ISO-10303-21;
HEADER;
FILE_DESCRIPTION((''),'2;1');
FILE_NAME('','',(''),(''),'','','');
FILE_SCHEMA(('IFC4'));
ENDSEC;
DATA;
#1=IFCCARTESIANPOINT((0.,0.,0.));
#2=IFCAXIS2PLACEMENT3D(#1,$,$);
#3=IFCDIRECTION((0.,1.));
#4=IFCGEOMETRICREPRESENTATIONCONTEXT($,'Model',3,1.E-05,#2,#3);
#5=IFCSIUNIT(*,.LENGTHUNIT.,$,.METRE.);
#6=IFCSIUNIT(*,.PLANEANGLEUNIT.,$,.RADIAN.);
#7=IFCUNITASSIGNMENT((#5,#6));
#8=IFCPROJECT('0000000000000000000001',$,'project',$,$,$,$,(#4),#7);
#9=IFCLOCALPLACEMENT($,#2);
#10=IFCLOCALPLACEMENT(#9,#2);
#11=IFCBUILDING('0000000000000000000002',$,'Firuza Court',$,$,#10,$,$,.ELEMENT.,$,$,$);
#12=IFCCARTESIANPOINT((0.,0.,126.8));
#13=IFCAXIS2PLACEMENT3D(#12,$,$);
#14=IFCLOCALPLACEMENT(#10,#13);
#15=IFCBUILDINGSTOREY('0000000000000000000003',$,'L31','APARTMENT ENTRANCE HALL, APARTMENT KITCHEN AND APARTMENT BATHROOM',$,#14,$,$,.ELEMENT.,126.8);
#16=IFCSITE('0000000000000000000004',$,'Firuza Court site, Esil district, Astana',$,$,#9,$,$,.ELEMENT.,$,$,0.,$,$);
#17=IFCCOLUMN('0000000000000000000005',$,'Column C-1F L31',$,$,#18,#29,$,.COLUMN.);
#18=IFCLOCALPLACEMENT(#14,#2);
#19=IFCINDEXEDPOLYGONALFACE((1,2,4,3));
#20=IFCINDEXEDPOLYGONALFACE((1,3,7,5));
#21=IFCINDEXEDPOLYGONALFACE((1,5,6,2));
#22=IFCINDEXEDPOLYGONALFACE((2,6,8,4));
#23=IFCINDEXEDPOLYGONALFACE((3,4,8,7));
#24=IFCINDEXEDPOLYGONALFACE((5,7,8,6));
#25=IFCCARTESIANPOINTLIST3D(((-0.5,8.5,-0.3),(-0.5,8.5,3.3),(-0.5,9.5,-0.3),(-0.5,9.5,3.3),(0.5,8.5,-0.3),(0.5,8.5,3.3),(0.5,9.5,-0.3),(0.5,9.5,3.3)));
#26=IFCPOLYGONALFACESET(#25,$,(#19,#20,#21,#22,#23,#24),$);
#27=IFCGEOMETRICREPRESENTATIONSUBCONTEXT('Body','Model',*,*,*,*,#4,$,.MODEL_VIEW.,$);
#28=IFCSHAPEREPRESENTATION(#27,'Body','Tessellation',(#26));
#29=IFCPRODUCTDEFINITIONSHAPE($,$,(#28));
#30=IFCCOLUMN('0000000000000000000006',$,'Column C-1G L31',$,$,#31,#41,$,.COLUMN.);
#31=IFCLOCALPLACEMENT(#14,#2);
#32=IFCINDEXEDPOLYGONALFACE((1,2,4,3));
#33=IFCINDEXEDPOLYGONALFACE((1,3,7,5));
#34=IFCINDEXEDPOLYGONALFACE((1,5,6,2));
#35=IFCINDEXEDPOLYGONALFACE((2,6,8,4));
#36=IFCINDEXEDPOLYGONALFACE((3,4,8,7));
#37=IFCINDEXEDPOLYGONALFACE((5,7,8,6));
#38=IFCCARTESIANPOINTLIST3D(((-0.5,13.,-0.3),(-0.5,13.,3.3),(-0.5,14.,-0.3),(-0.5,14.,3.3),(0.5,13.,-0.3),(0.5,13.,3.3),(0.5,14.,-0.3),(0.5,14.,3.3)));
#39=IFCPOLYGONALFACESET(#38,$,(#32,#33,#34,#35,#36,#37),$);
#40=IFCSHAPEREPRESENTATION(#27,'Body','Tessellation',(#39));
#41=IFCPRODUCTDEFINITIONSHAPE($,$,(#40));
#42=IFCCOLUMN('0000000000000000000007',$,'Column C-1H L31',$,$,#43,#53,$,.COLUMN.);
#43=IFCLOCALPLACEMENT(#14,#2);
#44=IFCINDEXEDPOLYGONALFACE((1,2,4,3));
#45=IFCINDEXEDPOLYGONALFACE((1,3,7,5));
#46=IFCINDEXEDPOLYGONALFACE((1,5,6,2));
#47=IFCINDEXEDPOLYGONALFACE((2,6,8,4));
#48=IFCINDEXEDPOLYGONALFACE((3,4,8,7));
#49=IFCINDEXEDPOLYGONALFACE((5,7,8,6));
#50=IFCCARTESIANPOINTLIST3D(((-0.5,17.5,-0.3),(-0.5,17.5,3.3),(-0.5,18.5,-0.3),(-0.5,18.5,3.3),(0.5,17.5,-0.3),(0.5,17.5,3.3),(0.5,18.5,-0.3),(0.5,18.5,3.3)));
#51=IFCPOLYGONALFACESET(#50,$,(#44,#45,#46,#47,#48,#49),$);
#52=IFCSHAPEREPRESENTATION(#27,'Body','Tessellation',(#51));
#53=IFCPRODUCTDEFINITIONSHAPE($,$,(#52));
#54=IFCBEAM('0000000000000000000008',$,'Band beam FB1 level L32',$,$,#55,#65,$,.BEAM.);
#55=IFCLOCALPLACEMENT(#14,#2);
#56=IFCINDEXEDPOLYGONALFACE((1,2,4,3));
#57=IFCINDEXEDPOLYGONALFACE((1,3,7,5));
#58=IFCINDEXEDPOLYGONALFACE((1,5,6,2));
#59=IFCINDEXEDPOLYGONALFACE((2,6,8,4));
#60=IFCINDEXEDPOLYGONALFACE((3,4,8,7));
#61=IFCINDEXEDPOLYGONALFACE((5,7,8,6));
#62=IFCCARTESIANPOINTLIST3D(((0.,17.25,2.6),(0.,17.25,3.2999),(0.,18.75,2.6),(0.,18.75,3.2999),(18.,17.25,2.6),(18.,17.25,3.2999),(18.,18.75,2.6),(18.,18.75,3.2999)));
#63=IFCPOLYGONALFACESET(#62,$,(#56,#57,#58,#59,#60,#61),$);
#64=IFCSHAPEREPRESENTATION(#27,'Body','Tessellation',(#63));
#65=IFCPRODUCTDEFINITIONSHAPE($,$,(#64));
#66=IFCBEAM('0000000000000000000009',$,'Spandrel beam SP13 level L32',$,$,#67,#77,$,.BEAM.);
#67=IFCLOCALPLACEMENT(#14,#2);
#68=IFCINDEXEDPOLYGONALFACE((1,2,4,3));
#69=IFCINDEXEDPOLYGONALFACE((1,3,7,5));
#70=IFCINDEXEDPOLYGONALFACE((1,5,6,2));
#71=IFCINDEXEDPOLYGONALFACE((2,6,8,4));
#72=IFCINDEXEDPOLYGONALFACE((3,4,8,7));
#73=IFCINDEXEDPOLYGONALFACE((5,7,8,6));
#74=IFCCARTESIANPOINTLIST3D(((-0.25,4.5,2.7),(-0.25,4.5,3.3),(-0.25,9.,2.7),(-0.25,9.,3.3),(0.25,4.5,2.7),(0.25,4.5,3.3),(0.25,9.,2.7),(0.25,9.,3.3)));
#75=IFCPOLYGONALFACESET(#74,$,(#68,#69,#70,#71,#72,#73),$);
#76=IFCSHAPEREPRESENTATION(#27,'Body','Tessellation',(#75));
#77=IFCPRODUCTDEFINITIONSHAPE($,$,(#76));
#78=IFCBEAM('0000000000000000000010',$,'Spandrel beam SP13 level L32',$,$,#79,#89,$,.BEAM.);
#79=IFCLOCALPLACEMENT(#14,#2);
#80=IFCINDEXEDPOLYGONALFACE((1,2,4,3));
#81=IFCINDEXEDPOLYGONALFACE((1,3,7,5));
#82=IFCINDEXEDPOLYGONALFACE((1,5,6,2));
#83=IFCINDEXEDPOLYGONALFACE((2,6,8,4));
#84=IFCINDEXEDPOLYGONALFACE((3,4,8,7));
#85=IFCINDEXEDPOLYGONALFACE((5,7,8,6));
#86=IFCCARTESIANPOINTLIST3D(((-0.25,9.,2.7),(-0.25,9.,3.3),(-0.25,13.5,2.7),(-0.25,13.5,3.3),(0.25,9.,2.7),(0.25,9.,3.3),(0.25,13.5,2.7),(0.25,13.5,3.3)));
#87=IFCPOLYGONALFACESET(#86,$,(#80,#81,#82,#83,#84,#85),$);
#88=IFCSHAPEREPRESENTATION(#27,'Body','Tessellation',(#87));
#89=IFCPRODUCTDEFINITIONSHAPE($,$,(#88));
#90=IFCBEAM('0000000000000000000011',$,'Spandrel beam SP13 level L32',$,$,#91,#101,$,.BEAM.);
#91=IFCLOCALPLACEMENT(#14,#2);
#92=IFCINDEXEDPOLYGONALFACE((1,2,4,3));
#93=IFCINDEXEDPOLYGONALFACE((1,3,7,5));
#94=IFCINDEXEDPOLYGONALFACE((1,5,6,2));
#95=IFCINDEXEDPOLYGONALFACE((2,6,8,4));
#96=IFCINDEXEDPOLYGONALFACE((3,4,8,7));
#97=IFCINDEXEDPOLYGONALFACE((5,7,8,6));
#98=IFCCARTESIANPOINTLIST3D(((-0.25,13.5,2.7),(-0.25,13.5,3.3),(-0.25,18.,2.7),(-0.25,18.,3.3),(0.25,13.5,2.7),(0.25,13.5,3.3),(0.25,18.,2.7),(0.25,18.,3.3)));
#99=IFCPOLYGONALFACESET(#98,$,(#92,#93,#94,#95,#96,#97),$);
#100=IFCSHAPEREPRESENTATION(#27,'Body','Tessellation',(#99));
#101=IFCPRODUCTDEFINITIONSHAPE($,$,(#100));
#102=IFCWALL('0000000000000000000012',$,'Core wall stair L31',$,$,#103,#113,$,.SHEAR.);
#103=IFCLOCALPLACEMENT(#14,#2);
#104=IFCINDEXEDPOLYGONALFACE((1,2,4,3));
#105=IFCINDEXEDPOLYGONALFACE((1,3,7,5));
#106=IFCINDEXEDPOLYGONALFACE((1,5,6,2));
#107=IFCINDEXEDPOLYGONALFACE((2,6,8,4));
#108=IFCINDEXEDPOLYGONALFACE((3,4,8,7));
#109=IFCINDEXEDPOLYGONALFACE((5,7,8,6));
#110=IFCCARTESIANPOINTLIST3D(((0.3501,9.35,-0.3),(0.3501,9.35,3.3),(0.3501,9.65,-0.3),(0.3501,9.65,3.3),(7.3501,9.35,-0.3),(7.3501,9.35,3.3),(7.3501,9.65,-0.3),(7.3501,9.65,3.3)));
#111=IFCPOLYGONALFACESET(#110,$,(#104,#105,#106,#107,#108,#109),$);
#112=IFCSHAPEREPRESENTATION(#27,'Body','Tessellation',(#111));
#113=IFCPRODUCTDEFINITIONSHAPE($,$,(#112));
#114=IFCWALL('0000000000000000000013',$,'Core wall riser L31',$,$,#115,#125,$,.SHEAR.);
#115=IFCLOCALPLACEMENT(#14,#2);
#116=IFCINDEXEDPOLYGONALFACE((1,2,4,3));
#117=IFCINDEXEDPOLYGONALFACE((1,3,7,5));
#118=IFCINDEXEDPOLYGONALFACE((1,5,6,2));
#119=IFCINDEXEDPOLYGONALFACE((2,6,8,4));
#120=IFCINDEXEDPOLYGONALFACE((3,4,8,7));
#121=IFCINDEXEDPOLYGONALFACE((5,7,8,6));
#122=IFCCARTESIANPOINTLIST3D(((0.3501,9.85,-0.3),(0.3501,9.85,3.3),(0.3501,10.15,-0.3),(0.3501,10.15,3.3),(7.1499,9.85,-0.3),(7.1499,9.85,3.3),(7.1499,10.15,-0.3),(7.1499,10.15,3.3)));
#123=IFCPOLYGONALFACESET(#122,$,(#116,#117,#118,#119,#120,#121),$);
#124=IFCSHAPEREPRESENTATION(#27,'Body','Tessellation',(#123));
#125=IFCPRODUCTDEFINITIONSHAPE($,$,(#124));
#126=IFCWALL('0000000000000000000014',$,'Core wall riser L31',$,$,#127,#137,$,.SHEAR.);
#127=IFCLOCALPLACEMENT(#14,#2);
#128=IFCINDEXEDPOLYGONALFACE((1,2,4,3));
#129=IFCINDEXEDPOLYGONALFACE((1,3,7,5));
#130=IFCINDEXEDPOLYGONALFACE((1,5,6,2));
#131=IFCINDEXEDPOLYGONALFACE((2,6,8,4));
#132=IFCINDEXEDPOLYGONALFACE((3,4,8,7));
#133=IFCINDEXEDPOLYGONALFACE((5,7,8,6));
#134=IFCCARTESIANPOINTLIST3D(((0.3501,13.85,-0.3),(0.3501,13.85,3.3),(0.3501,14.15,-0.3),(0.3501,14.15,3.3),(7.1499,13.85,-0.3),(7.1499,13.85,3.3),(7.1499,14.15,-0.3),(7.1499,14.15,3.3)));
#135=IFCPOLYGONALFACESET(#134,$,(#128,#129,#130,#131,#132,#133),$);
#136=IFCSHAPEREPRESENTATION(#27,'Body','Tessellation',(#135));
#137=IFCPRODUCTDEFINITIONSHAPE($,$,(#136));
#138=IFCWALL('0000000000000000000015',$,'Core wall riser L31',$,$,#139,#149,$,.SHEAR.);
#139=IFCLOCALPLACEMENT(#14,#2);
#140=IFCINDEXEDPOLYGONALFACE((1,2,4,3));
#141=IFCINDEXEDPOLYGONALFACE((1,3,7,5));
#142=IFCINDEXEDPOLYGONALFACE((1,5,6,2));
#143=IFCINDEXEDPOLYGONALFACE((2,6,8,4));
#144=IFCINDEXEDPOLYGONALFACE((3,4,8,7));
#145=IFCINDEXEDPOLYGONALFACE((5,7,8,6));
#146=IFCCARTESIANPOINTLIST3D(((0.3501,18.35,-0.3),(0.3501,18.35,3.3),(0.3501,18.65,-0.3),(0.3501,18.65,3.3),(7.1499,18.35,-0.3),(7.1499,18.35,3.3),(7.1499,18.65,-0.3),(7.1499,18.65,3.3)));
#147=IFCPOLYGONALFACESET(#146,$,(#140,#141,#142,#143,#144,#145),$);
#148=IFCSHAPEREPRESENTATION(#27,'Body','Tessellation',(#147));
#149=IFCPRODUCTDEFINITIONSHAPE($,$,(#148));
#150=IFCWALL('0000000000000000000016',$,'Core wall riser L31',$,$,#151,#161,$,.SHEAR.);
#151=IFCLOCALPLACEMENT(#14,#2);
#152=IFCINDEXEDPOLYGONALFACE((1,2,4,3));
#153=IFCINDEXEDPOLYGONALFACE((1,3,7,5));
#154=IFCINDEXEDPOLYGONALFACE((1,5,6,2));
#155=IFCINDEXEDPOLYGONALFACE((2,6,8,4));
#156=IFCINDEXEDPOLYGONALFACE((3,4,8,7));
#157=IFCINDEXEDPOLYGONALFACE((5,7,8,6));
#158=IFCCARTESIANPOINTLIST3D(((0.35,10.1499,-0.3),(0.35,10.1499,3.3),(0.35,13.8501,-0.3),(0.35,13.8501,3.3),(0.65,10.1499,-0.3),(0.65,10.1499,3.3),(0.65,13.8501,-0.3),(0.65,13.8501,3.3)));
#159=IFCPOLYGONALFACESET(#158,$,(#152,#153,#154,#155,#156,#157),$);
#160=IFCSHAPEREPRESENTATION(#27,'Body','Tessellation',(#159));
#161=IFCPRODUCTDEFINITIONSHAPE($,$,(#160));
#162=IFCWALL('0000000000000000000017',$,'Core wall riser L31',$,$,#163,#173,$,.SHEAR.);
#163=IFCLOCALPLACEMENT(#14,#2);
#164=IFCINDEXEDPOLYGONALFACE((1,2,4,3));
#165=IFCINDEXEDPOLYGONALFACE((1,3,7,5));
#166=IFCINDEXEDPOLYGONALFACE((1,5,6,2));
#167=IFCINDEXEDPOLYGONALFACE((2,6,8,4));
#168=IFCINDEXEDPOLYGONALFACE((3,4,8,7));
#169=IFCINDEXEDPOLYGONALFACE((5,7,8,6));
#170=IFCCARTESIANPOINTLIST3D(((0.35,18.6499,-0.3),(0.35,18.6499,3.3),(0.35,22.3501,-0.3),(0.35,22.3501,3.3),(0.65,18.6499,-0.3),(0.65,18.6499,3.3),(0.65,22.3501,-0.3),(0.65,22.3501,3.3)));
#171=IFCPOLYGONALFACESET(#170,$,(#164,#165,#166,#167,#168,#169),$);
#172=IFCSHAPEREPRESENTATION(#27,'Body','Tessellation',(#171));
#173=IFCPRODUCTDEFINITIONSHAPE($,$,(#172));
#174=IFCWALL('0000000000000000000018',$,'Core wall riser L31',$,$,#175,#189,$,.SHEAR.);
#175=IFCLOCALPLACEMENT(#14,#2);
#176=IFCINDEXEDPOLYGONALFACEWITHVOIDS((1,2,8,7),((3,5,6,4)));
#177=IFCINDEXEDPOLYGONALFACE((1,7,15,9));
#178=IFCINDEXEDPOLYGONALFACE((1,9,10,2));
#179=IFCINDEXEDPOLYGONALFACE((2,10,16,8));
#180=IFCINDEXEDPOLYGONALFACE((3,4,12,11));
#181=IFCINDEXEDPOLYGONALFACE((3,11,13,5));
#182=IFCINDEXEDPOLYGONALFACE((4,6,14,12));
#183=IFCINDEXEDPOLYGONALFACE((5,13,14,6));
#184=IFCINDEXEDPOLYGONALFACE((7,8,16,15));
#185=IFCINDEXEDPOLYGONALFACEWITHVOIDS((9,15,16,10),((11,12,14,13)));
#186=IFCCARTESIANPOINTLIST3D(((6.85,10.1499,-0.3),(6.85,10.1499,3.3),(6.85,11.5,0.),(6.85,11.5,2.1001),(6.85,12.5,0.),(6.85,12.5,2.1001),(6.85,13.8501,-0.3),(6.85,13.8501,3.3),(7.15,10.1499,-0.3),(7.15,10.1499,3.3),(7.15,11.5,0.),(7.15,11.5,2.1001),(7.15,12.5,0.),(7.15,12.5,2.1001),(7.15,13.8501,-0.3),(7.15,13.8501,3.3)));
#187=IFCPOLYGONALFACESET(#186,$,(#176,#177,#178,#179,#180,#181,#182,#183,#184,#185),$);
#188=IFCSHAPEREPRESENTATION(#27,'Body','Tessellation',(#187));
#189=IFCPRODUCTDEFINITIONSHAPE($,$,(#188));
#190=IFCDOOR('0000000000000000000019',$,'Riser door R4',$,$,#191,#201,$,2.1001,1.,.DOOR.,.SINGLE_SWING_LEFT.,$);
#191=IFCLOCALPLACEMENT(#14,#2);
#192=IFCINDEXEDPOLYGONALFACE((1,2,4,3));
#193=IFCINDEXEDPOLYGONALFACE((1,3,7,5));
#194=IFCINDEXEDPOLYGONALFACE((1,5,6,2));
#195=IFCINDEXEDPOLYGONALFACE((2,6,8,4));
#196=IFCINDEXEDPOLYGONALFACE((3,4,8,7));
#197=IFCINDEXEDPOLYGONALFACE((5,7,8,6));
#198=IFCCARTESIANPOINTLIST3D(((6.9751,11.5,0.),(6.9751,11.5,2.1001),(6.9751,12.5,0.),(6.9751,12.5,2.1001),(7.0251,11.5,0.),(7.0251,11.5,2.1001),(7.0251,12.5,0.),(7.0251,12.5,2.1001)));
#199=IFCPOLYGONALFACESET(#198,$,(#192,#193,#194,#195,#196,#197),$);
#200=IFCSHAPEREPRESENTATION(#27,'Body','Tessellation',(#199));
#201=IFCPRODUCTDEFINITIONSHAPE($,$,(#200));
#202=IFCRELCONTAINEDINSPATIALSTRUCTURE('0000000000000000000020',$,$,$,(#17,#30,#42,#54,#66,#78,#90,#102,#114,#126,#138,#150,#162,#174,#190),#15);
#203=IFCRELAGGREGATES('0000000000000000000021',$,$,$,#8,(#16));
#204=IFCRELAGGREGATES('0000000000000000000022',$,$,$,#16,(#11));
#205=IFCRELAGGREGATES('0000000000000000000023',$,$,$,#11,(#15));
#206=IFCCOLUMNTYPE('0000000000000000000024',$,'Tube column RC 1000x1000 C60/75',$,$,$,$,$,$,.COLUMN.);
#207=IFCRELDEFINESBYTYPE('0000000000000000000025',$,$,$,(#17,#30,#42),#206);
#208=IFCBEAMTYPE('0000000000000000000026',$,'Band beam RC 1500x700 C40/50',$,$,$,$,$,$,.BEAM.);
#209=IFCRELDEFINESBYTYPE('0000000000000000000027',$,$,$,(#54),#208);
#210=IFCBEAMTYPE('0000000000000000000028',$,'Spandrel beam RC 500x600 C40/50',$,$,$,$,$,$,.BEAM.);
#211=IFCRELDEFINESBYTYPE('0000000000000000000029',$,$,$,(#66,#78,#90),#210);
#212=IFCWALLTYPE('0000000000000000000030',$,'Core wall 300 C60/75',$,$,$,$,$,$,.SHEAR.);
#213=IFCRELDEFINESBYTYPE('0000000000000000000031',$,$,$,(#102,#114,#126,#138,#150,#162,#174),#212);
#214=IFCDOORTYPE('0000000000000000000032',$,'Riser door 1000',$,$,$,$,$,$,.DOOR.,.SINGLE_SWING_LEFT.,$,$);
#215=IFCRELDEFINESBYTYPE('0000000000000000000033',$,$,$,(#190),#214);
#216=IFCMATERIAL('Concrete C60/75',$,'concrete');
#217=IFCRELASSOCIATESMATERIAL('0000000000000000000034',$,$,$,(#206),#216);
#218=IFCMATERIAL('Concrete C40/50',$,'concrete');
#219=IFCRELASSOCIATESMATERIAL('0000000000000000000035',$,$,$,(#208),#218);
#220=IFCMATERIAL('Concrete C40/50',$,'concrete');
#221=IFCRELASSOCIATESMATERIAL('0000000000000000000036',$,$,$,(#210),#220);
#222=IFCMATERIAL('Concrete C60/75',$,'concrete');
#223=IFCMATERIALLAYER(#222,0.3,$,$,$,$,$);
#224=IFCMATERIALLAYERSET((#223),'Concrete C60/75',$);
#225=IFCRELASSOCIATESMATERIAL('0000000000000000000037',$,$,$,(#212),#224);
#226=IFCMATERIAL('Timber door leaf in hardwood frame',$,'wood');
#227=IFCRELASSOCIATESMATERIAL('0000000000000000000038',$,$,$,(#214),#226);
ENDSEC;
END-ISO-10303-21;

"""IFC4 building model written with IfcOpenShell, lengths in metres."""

from ifc_helpers import new_model, si_unit, direction, frame, frame_2d, origin, origin_2d, place, context, subcontext, project, spatial, rectangle, extrude, material, layer, layer_set, material_profile, profile_set, type_object, element, fill, save


model = new_model("IFC4")

# Units and contexts
model_context = context("Model", 3, precision=1e-05, world=origin(), true_north=direction((0.0, 1.0)))
body_context = subcontext(model_context, "Body", "Model", "MODEL_VIEW")
ifc_project = project(units=[si_unit("LENGTHUNIT", "METRE"), si_unit("PLANEANGLEUNIT", "RADIAN")], contexts=[model_context])

# Site, building, storey
site_placement = place(None, origin())
site = spatial("IfcSite", under=ifc_project, at=site_placement, Name="Firuza Court site, Esil district, Astana", CompositionType="ELEMENT", RefElevation=0.0)
building_placement = place(site_placement, origin())
building = spatial("IfcBuilding", under=site, at=building_placement, Name="Firuza Court", CompositionType="ELEMENT")
storey_placement = place(building_placement, frame((0.0, 0.0, 126.8)))
storey = spatial("IfcBuildingStorey", under=building, at=storey_placement, Name="L31", Description="APARTMENT ENTRANCE HALL, APARTMENT KITCHEN AND APARTMENT BATHROOM", CompositionType="ELEMENT", Elevation=126.8)

# Columns
ifc_material_1 = material(Name="Concrete C60/75", Category="concrete")
ifc_material_profile_1 = material_profile(ifc_material_1, rectangle(XDim=1.0, YDim=1.0, at=origin_2d()), Name="RC 1000x1000")
ifc_profile_set_1 = profile_set([ifc_material_profile_1], Name="Concrete C60/75")
column_type = type_object("IfcColumnType", Name="Tube column RC 1000x1000 C60/75", PredefinedType="COLUMN", material=ifc_profile_set_1)
for number, where, z_axis, x_axis, name in (
    (1, (0.0, 9.0, -0.3), (0.0, 0.0, 1.0), (1.0, 0.0, 0.0), "Column C-1F L31"),
    (2, (0.0, 13.5, -0.3), (0.0, 0.0, 1.0), (1.0, 0.0, 0.0), "Column C-1G L31"),
    (3, (0.0, 18.0, -0.3), (0.0, 0.0, 1.0), (1.0, 0.0, 0.0), "Column C-1H L31"),
):
    element("IfcColumn", number, at=place(storey_placement, frame(where, z_axis=z_axis, x_axis=x_axis)), inside=storey, type_object=column_type, Name=name, PredefinedType="COLUMN", context=body_context, shape_type="SweptSolid", body=[
        extrude(rectangle(XDim=1.0, YDim=1.0, at=origin_2d()), origin(), (0.0, 0.0, 1.0), 3.6001),
    ])

# Beams
ifc_material_2 = material(Name="Concrete C40/50", Category="concrete")
ifc_material_profile_2 = material_profile(ifc_material_2, rectangle(XDim=1.5, YDim=0.7, at=origin_2d()), Name="RC 1500x700")
ifc_profile_set_2 = profile_set([ifc_material_profile_2], Name="Concrete C40/50")
beam_type_1 = type_object("IfcBeamType", Name="Band beam RC 1500x700 C40/50", PredefinedType="BEAM", material=ifc_profile_set_2)
beam_placement = place(storey_placement, frame((0.0, 18.0, 2.95), z_axis=(1.0, 0.0, 0.0), x_axis=(0.0, 1.0, 0.0)))
element("IfcBeam", 4, at=beam_placement, inside=storey, type_object=beam_type_1, Name="Band beam FB1 level L32", PredefinedType="BEAM", context=body_context, shape_type="SweptSolid", body=[
    extrude(rectangle(XDim=1.5, YDim=0.7, at=origin_2d()), origin(), (0.0, 0.0, 1.0), 18.0),
])
ifc_material_3 = material(Name="Concrete C40/50", Category="concrete")
ifc_material_profile_3 = material_profile(ifc_material_3, rectangle(XDim=0.5, YDim=0.6001, at=origin_2d()), Name="RC 500x600")
ifc_profile_set_3 = profile_set([ifc_material_profile_3], Name="Concrete C40/50")
beam_type_2 = type_object("IfcBeamType", Name="Spandrel beam RC 500x600 C40/50", PredefinedType="BEAM", material=ifc_profile_set_3)
for number, where, z_axis, x_axis, name in (
    (5, (0.0, 9.0, 3.0), (0.0, -1.0, 0.0), (1.0, 0.0, 0.0), "Spandrel beam SP13 level L32"),
    (6, (0.0, 13.5, 3.0), (0.0, -1.0, 0.0), (1.0, 0.0, 0.0), "Spandrel beam SP13 level L32"),
    (7, (0.0, 18.0, 3.0), (0.0, -1.0, 0.0), (1.0, 0.0, 0.0), "Spandrel beam SP13 level L32"),
):
    element("IfcBeam", number, at=place(storey_placement, frame(where, z_axis=z_axis, x_axis=x_axis)), inside=storey, type_object=beam_type_2, Name=name, PredefinedType="BEAM", context=body_context, shape_type="SweptSolid", body=[
        extrude(rectangle(XDim=0.5, YDim=0.6001, at=origin_2d()), origin(), (0.0, 0.0, 1.0), 4.5),
    ])

# Walls
ifc_material_4 = material(Name="Concrete C60/75", Category="concrete")
ifc_layer_1 = layer(ifc_material_4, 0.3)
ifc_layer_set_1 = layer_set([ifc_layer_1], Name="Concrete C60/75")
wall_type_1 = type_object("IfcWallType", Name="Core wall 300 C60/75", PredefinedType="SHEAR", material=ifc_layer_set_1)
wall_1_placement = place(storey_placement, frame((0.3501, 9.5, -0.3), z_axis=(0.0, 0.0, 1.0), x_axis=(1.0, 0.0, 0.0)))
element("IfcWall", 8, at=wall_1_placement, inside=storey, type_object=wall_type_1, Name="Core wall stair L31", PredefinedType="SHEAR", context=body_context, shape_type="SweptSolid", body=[
    extrude(rectangle(XDim=7.0, YDim=0.3, at=frame_2d((3.5, 0.0))), origin(), (0.0, 0.0, 1.0), 3.6001),
])
for number, where, z_axis, x_axis, name in (
    (9, (0.3501, 10.0, -0.3), (0.0, 0.0, 1.0), (1.0, 0.0, 0.0), "Core wall riser L31"),
    (10, (0.3501, 14.0, -0.3), (0.0, 0.0, 1.0), (1.0, 0.0, 0.0), "Core wall riser L31"),
    (11, (0.3501, 18.5, -0.3), (0.0, 0.0, 1.0), (1.0, 0.0, 0.0), "Core wall riser L31"),
):
    element("IfcWall", number, at=place(storey_placement, frame(where, z_axis=z_axis, x_axis=x_axis)), inside=storey, type_object=wall_type_1, Name=name, PredefinedType="SHEAR", context=body_context, shape_type="SweptSolid", body=[
        extrude(rectangle(XDim=6.7998, YDim=0.3, at=frame_2d((3.3999, 0.0))), origin(), (0.0, 0.0, 1.0), 3.6001),
    ])
for number, where, z_axis, x_axis, name in (
    (12, (0.5, 10.1499, -0.3), (0.0, 0.0, 1.0), (0.0, 1.0, 0.0), "Core wall riser L31"),
    (13, (0.5, 18.6499, -0.3), (0.0, 0.0, 1.0), (0.0, 1.0, 0.0), "Core wall riser L31"),
):
    element("IfcWall", number, at=place(storey_placement, frame(where, z_axis=z_axis, x_axis=x_axis)), inside=storey, type_object=wall_type_1, Name=name, PredefinedType="SHEAR", context=body_context, shape_type="SweptSolid", body=[
        extrude(rectangle(XDim=3.7002, YDim=0.3, at=frame_2d((1.8501, 0.0))), origin(), (0.0, 0.0, 1.0), 3.6001),
    ])

# Wall, opening, door
wall_2_placement = place(storey_placement, frame((7.0, 10.1499, -0.3), z_axis=(0.0, 0.0, 1.0), x_axis=(0.0, 1.0, 0.0)))
wall_2 = element("IfcWall", 14, at=wall_2_placement, inside=storey, type_object=wall_type_1, Name="Core wall riser L31", PredefinedType="SHEAR", context=body_context, shape_type="SweptSolid", body=[
    extrude(rectangle(XDim=3.7002, YDim=0.3, at=frame_2d((1.8501, 0.0))), origin(), (0.0, 0.0, 1.0), 3.6001),
])
opening_1_placement = place(wall_2_placement, frame((1.3501, 0.0, 0.3)))
opening_1 = element("IfcOpeningElement", 15, at=opening_1_placement, cuts=wall_2, PredefinedType="OPENING", context=body_context, shape_type="SweptSolid", body=[
    extrude(rectangle(XDim=1.0, YDim=2.1001, at=frame_2d((0.5, 1.05))), frame((0.0, 0.1621, 0.0), z_axis=(0.0, -1.0, 0.0), x_axis=(1.0, 0.0, 0.0)), (0.0, 0.0, 1.0), 0.324),
])
ifc_material_5 = material(Name="Timber door leaf in hardwood frame", Category="wood")
door_type_1 = type_object("IfcDoorType", Name="Riser door 1000", OperationType="SINGLE_SWING_LEFT", PredefinedType="DOOR", material=ifc_material_5)
door_1_placement = place(opening_1_placement, origin())
door_1 = element("IfcDoor", 16, at=door_1_placement, inside=storey, type_object=door_type_1, Name="Riser door R4", OperationType="SINGLE_SWING_LEFT", OverallHeight=2.1001, OverallWidth=1.0, PredefinedType="DOOR", context=body_context, shape_type="SweptSolid", body=[
    extrude(rectangle(XDim=1.0, YDim=2.1001, at=frame_2d((0.5, 1.05))), frame((0.0, 0.0249, 0.0), z_axis=(0.0, -1.0, 0.0), x_axis=(1.0, 0.0, 0.0)), (0.0, 0.0, 1.0), 0.05),
])
fill(opening_1, door_1)

save(model, "model.ifc")
